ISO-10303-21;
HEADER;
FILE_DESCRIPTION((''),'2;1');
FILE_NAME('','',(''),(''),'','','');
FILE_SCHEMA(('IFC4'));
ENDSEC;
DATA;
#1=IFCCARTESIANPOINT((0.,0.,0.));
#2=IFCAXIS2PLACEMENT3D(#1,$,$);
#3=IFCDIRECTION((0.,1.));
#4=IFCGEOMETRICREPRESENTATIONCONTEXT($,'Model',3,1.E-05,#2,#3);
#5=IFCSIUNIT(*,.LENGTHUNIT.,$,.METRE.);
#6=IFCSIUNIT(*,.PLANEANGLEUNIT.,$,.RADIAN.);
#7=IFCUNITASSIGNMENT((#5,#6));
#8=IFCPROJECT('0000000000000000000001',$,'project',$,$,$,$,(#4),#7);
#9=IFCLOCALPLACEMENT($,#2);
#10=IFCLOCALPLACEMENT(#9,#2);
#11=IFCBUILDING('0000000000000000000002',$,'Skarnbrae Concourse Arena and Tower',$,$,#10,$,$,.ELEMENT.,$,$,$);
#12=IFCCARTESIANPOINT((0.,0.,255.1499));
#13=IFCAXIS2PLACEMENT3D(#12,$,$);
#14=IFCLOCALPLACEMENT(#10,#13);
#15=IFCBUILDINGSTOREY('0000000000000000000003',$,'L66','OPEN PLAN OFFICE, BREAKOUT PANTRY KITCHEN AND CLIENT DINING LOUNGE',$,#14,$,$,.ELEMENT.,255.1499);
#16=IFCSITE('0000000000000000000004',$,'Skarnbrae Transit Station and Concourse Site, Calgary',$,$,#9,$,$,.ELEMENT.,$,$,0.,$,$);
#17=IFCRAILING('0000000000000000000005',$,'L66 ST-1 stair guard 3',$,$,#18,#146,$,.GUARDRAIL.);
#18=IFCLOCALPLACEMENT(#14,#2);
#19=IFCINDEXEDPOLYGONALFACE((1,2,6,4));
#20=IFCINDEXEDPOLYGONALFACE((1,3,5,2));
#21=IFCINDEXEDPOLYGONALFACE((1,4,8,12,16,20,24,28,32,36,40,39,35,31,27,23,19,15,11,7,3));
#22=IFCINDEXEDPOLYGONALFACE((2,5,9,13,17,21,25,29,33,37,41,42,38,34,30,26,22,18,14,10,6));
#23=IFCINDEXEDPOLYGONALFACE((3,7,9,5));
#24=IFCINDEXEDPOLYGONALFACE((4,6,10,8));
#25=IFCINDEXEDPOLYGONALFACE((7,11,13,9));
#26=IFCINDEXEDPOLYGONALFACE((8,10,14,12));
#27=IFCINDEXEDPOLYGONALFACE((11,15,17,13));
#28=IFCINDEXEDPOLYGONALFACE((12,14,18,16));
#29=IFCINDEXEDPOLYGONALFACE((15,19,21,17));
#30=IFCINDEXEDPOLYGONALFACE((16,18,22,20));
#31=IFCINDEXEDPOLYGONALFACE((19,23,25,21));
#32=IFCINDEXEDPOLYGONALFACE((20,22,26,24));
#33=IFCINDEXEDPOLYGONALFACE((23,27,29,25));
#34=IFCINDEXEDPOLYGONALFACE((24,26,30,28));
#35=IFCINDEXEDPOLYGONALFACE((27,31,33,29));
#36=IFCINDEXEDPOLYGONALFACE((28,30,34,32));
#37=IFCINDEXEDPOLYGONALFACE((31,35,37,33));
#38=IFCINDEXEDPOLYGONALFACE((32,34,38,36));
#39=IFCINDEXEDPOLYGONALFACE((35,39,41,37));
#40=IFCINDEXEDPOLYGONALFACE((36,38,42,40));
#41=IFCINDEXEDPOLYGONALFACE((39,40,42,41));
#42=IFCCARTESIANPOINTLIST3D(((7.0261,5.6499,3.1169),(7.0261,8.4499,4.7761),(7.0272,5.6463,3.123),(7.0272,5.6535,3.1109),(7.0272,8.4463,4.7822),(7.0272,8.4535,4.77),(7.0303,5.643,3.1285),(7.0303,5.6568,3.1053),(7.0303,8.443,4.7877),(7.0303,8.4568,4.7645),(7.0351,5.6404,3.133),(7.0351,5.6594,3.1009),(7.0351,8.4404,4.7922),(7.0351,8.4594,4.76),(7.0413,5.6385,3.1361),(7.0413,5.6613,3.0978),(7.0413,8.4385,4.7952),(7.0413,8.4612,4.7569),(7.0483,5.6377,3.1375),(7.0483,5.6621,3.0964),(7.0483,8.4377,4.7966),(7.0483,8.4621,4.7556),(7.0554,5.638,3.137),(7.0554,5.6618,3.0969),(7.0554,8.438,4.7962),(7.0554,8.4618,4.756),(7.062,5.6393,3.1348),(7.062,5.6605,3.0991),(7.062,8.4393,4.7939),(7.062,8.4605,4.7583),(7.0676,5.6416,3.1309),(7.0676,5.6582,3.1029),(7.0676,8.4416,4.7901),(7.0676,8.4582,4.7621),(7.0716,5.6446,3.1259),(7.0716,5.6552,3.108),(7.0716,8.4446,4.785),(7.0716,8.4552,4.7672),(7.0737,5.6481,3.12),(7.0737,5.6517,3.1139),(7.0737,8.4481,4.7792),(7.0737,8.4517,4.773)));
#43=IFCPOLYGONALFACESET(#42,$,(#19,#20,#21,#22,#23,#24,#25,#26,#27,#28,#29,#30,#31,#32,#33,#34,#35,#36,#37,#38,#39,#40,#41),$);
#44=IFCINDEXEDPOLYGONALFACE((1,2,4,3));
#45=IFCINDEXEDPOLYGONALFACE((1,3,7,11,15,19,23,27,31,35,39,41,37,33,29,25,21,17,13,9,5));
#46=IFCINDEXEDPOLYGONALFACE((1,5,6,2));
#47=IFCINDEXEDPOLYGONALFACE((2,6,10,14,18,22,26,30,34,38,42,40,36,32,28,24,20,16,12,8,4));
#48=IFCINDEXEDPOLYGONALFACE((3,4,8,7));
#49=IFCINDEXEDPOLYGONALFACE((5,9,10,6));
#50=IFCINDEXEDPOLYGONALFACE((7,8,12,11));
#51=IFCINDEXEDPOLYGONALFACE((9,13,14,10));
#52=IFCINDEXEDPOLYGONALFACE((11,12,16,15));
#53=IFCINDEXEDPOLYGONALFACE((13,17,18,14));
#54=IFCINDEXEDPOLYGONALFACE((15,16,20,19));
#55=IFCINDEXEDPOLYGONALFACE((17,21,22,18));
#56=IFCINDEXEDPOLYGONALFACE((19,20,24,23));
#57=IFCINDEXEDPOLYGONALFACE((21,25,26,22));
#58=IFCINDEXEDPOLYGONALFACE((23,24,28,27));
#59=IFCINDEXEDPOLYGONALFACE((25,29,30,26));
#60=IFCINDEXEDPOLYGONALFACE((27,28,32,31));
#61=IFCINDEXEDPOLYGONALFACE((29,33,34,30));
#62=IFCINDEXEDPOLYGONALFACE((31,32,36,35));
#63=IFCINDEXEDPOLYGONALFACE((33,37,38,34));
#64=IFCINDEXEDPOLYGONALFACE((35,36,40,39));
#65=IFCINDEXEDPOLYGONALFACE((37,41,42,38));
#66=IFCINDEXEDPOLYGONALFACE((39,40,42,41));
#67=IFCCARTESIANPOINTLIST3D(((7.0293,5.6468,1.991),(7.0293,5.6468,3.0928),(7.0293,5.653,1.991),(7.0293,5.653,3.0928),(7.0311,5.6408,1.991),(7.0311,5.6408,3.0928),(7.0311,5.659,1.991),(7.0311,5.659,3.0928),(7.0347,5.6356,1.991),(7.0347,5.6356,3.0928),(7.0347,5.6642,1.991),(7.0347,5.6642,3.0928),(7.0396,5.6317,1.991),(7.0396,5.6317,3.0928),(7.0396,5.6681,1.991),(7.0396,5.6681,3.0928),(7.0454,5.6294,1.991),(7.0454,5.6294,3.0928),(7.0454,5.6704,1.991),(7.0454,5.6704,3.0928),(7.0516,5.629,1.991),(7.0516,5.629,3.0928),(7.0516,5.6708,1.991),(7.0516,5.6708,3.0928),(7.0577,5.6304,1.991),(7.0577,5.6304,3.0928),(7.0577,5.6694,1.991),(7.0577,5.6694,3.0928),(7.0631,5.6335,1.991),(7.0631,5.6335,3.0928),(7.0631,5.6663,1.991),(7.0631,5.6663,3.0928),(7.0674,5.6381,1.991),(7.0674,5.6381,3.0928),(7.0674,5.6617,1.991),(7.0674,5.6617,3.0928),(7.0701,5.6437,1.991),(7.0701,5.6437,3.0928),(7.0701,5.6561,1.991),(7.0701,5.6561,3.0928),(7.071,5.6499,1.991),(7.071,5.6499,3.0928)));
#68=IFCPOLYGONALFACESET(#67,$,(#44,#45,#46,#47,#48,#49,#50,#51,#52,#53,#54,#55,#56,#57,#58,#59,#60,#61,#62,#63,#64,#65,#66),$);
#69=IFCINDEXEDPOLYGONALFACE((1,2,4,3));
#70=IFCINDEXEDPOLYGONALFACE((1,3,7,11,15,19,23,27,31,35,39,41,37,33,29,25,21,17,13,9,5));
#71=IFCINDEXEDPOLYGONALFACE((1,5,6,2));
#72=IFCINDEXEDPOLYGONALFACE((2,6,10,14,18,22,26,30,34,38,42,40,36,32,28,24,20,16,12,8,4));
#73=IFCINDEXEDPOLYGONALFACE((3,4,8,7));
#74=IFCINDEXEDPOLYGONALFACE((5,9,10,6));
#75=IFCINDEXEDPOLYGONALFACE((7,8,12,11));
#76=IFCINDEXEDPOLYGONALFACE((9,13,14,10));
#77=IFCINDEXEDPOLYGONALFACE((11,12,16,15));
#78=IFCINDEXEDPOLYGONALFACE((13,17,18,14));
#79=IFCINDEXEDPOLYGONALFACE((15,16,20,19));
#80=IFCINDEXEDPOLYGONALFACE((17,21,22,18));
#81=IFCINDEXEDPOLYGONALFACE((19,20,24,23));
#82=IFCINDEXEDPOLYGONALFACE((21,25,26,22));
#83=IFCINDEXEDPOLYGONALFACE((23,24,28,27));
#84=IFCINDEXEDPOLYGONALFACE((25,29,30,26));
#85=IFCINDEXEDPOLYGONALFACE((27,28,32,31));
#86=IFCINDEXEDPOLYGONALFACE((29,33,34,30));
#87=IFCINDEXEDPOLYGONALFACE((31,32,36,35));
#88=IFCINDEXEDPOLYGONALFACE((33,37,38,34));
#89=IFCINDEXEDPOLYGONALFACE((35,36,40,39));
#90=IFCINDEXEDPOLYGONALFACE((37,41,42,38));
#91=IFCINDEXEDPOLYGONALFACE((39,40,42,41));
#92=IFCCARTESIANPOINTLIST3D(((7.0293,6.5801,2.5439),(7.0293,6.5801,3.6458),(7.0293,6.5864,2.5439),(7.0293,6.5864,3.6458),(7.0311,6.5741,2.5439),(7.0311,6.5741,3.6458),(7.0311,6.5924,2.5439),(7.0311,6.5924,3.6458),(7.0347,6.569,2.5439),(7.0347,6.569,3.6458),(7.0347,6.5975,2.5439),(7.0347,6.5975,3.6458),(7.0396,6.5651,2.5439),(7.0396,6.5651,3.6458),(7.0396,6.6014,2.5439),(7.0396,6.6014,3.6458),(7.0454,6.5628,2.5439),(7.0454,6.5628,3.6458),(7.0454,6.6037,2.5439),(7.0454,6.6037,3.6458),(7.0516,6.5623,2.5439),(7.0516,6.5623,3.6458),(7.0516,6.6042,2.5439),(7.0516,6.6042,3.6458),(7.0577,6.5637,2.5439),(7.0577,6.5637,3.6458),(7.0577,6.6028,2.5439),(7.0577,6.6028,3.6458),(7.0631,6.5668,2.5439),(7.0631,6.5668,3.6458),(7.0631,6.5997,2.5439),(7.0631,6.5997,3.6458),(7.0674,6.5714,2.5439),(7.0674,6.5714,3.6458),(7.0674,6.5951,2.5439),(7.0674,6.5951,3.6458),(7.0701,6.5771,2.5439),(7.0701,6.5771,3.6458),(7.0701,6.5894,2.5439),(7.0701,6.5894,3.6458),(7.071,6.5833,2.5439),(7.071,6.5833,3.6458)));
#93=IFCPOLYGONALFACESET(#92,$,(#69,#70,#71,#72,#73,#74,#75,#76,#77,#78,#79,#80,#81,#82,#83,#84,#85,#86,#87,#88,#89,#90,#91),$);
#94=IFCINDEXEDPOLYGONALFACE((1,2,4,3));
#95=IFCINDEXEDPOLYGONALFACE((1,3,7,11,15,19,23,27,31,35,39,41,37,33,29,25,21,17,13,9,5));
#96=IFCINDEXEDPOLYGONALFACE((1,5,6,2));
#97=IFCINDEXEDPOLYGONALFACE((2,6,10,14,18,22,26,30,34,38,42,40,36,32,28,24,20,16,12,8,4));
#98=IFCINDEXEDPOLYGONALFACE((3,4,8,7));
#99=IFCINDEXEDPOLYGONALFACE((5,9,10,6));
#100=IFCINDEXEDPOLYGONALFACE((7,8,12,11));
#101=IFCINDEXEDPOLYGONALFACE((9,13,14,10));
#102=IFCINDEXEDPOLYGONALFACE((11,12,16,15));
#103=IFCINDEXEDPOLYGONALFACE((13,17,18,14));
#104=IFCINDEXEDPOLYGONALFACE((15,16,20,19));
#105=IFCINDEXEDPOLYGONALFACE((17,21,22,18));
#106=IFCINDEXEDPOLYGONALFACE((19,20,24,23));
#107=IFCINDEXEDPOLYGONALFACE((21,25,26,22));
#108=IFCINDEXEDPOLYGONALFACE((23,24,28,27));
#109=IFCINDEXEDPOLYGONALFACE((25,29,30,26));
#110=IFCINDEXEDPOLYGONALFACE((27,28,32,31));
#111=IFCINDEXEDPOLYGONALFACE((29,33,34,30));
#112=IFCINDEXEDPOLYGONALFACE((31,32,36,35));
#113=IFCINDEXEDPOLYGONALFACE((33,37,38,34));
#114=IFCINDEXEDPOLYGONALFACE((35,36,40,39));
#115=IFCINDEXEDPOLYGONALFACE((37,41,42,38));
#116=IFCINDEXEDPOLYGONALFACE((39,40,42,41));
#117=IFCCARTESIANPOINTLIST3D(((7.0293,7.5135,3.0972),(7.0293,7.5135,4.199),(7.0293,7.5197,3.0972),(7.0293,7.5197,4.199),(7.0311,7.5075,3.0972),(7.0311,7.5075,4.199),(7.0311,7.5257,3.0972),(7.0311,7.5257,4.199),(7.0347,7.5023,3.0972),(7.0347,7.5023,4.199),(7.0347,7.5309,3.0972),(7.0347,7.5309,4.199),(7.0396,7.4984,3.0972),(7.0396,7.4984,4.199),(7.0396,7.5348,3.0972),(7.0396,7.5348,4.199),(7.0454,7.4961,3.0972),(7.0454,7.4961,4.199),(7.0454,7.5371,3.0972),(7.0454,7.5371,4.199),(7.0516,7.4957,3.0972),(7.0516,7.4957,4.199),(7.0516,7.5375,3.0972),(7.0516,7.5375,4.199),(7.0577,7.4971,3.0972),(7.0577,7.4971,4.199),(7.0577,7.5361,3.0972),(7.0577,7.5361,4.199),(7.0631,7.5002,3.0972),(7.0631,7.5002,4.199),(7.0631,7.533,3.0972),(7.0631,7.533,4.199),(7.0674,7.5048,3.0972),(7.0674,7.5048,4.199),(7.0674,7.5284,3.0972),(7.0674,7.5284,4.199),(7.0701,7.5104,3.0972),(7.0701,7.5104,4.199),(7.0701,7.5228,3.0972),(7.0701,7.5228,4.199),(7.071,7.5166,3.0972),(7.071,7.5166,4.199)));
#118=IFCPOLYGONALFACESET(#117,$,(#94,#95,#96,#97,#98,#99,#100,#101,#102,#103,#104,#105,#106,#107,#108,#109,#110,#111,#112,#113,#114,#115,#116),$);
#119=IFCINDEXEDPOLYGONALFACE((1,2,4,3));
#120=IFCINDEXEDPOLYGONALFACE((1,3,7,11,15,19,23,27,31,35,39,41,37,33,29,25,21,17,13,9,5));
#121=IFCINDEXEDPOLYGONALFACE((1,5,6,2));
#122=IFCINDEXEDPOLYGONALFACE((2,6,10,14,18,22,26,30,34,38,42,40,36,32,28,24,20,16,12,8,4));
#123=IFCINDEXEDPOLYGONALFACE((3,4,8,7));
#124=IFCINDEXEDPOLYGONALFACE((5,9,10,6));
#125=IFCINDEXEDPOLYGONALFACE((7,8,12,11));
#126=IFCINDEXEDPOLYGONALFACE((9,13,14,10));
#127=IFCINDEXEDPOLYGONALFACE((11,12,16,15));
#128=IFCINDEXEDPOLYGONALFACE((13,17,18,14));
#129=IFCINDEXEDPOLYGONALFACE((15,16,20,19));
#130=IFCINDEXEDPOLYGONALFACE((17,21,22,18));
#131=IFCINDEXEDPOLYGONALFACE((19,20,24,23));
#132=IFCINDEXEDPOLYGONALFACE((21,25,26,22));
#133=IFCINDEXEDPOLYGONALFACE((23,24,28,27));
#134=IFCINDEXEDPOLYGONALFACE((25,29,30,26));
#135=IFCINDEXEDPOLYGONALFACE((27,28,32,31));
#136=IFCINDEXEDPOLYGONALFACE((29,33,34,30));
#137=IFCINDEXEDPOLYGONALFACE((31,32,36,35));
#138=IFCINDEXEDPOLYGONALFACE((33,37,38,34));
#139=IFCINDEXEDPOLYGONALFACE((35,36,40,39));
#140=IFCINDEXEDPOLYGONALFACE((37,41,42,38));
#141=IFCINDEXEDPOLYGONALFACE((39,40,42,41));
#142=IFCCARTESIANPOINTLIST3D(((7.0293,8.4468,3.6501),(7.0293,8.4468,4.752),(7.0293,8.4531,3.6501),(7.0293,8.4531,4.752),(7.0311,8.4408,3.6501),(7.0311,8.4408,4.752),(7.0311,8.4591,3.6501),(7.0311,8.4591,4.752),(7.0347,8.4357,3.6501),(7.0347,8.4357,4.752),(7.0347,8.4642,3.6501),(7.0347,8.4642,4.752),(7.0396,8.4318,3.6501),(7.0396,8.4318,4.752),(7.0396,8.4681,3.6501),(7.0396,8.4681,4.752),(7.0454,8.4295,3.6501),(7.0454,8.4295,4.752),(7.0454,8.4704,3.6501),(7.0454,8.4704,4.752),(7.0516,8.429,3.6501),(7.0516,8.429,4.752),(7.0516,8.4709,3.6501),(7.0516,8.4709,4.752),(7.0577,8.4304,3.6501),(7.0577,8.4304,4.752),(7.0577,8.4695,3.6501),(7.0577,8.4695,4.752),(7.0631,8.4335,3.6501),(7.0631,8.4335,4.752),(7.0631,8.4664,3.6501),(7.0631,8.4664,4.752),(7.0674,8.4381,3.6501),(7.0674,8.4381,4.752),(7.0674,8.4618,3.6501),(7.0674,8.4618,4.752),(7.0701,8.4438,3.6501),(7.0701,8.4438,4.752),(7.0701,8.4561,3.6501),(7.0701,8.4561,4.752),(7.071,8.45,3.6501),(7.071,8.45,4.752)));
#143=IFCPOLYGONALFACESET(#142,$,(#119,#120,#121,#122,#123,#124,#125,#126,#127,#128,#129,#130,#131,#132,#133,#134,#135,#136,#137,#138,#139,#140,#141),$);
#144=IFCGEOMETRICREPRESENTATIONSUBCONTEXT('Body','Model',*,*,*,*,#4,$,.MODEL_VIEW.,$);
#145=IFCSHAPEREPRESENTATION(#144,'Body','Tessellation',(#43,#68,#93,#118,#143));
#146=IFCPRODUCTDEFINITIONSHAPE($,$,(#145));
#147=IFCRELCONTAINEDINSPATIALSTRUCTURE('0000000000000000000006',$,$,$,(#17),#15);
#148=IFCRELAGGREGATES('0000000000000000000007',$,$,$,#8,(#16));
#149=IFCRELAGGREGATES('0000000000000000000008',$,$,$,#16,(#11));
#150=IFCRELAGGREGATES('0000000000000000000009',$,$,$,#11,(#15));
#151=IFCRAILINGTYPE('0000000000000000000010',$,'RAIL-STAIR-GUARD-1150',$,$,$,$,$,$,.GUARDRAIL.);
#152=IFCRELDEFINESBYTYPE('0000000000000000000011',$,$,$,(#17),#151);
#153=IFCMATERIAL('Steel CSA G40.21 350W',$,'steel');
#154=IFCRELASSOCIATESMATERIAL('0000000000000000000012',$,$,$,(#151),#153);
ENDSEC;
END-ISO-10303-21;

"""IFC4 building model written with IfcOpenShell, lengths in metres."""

from ifc_helpers import new_model, si_unit, direction, frame, origin, origin_2d, place, context, subcontext, project, spatial, circle, extrude, material, type_object, element, save


model = new_model("IFC4")

# Units and contexts
model_context = context("Model", 3, precision=1e-05, world=origin(), true_north=direction((0.0, 1.0)))
body_context = subcontext(model_context, "Body", "Model", "MODEL_VIEW")
ifc_project = project(units=[si_unit("LENGTHUNIT", "METRE"), si_unit("PLANEANGLEUNIT", "RADIAN")], contexts=[model_context])

# Site, building, storey
site_placement = place(None, origin())
site = spatial("IfcSite", under=ifc_project, at=site_placement, Name="Skarnbrae Transit Station and Concourse Site, Calgary", CompositionType="ELEMENT", RefElevation=0.0)
building_placement = place(site_placement, origin())
building = spatial("IfcBuilding", under=site, at=building_placement, Name="Skarnbrae Concourse Arena and Tower", CompositionType="ELEMENT")
storey_placement = place(building_placement, frame((0.0, 0.0, 255.1499)))
storey = spatial("IfcBuildingStorey", under=building, at=storey_placement, Name="L66", Description="OPEN PLAN OFFICE, BREAKOUT PANTRY KITCHEN AND CLIENT DINING LOUNGE", CompositionType="ELEMENT", Elevation=255.1499)

# Shared definitions
ifc_material_1 = material(Name="Steel CSA G40.21 350W", Category="steel")

# Railing
railing_type_1 = type_object("IfcRailingType", Name="RAIL-STAIR-GUARD-1150", PredefinedType="GUARDRAIL", material=ifc_material_1)
railing_1_placement = place(storey_placement, frame((7.05, 5.6499, 1.991)))
element("IfcRailing", 1, at=railing_1_placement, inside=storey, type_object=railing_type_1, Name="L66 ST-1 stair guard 3", PredefinedType="GUARDRAIL", context=body_context, shape_type="SweptSolid", body=[
    extrude(circle(Radius=0.0239, at=origin_2d()), frame((0.0, 0.0, 1.126), z_axis=(0.0, 0.860306, 0.509778), x_axis=(-1.0, 0.0, 0.0)), (0.0, 0.0, 1.0), 3.2546),
    extrude(circle(Radius=0.021, at=origin_2d()), origin(), (0.0, 0.0, 1.0), 1.1018),
    extrude(circle(Radius=0.021, at=origin_2d()), frame((0.0, 0.9333, 0.553)), (0.0, 0.0, 1.0), 1.1018),
    extrude(circle(Radius=0.021, at=origin_2d()), frame((0.0, 1.8667, 1.1062)), (0.0, 0.0, 1.0), 1.1018),
    extrude(circle(Radius=0.021, at=origin_2d()), frame((0.0, 2.8, 1.6592)), (0.0, 0.0, 1.0), 1.1018),
])

save(model, "model.ifc")
